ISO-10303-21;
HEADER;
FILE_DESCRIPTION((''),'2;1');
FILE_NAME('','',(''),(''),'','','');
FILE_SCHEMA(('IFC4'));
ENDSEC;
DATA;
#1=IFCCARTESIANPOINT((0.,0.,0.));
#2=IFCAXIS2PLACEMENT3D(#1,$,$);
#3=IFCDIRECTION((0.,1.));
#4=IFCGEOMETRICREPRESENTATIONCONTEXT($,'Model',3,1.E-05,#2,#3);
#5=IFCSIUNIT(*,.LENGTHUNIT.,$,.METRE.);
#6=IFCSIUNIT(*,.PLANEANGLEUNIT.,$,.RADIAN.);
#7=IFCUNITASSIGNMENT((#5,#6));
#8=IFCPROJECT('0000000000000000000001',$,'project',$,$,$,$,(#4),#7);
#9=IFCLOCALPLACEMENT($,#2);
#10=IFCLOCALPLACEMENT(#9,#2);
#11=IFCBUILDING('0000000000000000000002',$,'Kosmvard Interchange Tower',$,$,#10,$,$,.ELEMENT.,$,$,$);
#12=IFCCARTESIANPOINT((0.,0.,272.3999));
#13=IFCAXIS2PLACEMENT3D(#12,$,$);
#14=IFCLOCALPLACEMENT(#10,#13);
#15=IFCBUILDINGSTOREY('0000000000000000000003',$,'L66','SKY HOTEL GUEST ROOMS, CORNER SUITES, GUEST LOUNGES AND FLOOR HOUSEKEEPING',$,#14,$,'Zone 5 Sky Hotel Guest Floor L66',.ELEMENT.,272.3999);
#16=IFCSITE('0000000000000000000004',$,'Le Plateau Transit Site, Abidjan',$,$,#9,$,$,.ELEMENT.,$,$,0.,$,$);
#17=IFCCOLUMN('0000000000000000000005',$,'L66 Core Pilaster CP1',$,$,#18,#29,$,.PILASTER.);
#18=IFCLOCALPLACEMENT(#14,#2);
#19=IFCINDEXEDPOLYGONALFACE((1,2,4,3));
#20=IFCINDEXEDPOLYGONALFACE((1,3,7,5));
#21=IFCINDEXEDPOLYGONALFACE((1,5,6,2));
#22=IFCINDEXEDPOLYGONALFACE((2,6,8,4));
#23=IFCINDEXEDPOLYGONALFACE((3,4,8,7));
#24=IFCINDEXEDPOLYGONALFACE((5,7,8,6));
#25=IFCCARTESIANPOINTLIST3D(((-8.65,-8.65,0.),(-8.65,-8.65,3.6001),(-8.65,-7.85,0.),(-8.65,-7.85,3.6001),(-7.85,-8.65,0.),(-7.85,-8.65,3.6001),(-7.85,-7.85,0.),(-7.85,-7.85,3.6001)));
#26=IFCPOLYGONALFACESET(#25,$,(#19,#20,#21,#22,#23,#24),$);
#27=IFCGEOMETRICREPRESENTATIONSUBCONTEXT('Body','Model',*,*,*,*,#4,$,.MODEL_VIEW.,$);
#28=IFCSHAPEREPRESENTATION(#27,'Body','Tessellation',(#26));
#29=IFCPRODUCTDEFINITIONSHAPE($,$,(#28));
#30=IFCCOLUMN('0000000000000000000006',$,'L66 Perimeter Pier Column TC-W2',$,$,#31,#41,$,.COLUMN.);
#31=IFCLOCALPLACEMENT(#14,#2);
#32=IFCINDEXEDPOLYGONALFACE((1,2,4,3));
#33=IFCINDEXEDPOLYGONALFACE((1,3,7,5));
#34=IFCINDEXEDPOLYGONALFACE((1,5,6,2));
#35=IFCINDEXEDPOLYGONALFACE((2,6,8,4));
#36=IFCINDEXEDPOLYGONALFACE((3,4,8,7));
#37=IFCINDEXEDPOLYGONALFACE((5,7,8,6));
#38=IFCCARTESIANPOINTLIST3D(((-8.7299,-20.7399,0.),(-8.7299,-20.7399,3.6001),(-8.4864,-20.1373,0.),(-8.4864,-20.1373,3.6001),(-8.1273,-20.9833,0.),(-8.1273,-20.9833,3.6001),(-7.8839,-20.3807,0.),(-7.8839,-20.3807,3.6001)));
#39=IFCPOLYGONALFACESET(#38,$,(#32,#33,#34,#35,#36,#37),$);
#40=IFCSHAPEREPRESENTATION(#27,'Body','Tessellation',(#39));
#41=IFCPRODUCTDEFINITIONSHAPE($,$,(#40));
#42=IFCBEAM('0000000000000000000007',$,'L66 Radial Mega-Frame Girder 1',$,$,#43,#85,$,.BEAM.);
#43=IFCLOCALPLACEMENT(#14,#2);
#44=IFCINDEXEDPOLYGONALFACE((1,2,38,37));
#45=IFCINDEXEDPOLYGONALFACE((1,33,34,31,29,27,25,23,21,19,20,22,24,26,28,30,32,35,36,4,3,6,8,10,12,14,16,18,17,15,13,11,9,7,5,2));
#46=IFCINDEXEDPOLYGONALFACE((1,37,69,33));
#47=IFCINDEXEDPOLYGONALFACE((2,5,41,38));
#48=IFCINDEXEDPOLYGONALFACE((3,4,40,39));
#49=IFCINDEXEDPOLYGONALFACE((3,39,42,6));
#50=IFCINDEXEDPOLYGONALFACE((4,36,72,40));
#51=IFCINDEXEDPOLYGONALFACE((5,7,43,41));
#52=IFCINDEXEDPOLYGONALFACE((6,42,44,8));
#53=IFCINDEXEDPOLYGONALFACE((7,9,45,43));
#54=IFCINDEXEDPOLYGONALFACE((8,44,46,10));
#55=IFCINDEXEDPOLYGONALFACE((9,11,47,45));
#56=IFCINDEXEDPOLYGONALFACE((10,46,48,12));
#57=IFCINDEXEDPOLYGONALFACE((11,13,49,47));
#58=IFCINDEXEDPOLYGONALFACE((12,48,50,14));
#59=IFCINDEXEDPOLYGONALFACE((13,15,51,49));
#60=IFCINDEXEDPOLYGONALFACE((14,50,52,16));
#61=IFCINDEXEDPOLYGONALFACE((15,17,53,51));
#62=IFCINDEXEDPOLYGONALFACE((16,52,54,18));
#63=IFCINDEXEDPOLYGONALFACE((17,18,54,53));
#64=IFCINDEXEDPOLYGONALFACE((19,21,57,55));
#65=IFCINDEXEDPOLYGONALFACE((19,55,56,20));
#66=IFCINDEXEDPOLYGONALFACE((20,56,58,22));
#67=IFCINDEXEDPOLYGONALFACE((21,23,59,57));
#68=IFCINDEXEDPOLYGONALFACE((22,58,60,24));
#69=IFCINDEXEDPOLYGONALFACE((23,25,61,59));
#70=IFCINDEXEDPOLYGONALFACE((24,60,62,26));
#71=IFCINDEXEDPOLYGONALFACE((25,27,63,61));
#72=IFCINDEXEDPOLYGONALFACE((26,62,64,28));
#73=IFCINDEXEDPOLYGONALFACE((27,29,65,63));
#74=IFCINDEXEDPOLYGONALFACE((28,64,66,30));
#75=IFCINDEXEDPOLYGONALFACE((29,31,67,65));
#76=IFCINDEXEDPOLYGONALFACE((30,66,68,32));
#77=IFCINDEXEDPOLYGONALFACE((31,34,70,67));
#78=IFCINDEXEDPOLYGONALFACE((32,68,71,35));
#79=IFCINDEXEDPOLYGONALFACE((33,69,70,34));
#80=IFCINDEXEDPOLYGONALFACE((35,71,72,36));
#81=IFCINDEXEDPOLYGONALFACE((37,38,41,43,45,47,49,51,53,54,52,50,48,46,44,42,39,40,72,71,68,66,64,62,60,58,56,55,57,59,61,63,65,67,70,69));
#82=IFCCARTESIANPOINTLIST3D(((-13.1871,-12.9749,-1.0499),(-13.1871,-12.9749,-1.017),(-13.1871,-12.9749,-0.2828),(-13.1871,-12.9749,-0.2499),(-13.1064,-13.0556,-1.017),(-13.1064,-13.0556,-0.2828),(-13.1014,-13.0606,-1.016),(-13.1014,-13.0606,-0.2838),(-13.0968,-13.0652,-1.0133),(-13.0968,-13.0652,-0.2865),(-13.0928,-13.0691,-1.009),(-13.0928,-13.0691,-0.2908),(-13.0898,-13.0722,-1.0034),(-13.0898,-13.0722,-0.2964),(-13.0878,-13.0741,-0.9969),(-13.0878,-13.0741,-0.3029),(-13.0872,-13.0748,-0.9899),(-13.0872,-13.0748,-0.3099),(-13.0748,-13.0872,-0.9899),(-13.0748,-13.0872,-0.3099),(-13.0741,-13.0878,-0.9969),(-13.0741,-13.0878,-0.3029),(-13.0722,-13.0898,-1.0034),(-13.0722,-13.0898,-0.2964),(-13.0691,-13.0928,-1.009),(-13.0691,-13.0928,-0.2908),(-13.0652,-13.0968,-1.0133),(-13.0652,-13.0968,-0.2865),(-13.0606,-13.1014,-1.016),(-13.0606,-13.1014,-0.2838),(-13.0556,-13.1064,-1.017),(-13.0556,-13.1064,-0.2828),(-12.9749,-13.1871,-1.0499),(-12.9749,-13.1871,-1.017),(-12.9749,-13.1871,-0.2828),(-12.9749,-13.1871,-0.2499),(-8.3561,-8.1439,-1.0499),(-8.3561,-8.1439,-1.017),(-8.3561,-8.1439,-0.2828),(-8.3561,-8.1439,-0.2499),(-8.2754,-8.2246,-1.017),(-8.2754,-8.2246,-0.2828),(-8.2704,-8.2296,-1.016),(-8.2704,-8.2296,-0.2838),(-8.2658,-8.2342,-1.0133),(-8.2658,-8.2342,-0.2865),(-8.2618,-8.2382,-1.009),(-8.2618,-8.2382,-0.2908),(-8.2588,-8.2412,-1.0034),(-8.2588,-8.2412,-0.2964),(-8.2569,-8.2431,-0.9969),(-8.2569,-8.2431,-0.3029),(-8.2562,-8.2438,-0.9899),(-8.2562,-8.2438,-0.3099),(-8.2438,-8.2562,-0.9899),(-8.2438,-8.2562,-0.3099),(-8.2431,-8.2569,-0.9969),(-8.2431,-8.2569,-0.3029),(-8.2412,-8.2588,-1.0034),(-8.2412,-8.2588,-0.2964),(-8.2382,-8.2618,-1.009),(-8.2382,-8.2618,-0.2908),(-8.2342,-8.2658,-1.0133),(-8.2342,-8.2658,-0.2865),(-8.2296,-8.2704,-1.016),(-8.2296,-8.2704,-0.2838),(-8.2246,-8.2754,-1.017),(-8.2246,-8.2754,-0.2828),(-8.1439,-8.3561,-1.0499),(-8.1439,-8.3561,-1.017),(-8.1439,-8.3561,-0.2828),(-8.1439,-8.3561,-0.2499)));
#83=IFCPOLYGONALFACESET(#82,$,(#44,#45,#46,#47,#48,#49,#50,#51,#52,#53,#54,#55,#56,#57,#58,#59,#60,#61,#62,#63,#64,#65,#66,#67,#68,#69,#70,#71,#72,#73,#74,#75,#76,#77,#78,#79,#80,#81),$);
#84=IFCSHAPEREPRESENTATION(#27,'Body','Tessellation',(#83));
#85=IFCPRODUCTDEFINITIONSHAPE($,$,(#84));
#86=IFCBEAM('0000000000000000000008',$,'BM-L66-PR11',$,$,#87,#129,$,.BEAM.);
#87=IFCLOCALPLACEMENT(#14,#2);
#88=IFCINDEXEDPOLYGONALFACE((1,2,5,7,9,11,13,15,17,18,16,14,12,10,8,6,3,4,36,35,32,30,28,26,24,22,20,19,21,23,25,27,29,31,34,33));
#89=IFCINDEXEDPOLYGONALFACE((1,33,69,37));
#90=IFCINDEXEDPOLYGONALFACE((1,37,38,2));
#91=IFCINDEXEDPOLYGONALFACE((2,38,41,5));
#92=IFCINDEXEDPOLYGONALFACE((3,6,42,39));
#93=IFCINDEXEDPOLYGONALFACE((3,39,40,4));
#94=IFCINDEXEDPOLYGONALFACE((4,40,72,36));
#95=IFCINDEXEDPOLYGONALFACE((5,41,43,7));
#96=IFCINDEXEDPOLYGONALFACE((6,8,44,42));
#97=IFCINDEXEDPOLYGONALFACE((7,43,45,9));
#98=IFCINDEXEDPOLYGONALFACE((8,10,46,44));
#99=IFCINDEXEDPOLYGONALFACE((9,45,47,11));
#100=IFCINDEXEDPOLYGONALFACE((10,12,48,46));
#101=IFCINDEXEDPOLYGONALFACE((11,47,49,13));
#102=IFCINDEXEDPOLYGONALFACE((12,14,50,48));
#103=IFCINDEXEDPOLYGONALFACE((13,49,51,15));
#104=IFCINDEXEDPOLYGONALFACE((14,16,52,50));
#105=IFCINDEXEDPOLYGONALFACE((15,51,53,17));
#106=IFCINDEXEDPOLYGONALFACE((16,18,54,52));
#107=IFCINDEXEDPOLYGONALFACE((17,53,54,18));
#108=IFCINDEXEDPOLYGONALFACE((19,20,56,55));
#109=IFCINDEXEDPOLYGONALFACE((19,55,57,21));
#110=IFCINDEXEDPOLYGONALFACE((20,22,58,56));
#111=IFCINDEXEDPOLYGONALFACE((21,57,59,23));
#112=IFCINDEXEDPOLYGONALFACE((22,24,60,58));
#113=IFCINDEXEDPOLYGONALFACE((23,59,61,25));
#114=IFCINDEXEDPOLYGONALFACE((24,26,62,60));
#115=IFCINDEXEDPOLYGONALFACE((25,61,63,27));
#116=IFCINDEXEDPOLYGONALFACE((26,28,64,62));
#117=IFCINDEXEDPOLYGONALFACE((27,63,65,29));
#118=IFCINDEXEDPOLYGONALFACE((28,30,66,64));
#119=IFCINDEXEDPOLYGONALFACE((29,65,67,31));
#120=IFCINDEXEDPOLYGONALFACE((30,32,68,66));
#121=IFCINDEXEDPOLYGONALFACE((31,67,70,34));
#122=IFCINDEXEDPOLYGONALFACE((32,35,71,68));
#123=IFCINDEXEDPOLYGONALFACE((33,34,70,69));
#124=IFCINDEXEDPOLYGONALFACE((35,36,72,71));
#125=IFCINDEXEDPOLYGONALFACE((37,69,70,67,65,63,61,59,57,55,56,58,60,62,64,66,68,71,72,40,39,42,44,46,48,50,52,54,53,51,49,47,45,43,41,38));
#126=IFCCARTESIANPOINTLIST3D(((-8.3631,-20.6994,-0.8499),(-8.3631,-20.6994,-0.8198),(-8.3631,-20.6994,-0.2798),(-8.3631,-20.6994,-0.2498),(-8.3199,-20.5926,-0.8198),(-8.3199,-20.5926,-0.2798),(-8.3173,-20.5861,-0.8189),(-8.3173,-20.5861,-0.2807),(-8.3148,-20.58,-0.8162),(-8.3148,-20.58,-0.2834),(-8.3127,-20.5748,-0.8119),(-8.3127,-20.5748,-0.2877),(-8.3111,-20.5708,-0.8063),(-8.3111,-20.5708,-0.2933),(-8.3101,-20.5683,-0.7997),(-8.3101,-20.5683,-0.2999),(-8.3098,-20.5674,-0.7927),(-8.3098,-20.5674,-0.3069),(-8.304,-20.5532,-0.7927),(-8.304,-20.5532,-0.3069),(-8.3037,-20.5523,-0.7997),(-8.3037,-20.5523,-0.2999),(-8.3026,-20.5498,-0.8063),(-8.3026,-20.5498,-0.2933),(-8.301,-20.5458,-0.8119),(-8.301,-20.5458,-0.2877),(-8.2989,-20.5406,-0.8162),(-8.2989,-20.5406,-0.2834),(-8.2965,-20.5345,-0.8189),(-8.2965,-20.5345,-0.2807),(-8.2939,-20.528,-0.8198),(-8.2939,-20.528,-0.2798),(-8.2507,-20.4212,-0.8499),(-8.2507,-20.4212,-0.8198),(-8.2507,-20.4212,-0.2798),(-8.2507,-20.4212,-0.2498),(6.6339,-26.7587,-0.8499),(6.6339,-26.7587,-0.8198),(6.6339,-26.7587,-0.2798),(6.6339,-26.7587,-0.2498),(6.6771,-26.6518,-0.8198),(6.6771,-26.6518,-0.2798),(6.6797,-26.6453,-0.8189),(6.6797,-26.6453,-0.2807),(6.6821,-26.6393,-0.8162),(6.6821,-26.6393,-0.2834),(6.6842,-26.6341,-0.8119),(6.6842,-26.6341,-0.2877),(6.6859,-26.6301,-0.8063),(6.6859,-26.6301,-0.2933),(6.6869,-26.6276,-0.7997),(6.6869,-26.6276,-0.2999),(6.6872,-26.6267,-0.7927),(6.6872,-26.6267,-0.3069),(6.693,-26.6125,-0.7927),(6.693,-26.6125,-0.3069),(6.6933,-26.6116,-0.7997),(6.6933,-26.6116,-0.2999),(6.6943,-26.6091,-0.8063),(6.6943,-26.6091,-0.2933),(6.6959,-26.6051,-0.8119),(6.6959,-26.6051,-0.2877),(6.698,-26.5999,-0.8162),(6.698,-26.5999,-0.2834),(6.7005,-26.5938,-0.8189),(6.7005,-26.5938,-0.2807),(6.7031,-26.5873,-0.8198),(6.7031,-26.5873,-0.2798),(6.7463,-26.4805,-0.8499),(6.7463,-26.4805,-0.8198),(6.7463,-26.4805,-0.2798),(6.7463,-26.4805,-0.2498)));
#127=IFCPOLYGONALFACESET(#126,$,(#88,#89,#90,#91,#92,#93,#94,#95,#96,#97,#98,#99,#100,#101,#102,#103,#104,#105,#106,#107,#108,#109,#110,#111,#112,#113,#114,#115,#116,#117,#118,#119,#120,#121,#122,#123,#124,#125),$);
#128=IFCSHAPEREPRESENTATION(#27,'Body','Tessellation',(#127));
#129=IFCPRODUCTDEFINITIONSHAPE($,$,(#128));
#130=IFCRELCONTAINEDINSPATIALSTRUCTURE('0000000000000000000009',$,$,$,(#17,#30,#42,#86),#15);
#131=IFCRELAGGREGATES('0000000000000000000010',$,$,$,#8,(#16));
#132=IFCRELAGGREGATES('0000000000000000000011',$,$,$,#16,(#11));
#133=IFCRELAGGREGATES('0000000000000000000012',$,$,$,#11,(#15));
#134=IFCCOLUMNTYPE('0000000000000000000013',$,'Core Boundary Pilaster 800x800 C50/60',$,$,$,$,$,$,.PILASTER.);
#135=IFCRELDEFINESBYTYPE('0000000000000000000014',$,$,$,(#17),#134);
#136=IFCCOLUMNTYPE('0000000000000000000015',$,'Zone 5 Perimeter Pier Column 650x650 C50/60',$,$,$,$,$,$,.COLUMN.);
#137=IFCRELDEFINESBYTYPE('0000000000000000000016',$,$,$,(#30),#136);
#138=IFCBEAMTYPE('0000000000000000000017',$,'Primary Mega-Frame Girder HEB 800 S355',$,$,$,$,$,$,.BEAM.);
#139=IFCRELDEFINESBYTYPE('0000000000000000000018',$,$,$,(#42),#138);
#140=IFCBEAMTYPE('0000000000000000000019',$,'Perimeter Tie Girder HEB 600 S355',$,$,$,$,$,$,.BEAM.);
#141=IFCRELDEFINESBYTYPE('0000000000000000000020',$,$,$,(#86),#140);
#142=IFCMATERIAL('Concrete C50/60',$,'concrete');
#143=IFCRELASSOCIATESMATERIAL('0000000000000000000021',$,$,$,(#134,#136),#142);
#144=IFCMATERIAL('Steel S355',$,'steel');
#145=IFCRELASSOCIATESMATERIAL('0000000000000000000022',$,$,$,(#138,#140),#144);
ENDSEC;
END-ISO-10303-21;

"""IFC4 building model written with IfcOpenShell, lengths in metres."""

from ifc_helpers import new_model, si_unit, direction, frame, origin, origin_2d, place, context, subcontext, project, spatial, rectangle, i_section, extrude, source, transform, mapped, material, material_profile, profile_set, type_object, element, save


model = new_model("IFC4")

# Units and contexts
model_context = context("Model", 3, precision=1e-05, world=origin(), true_north=direction((0.0, 1.0)))
body_context = subcontext(model_context, "Body", "Model", "MODEL_VIEW")
ifc_project = project(units=[si_unit("LENGTHUNIT", "METRE"), si_unit("PLANEANGLEUNIT", "RADIAN")], contexts=[model_context])

# Site, building, storey
site_placement = place(None, origin())
site = spatial("IfcSite", under=ifc_project, at=site_placement, Name="Le Plateau Transit Site, Abidjan", CompositionType="ELEMENT", RefElevation=0.0)
building_placement = place(site_placement, origin())
building = spatial("IfcBuilding", under=site, at=building_placement, Name="Kosmvard Interchange Tower", CompositionType="ELEMENT")
storey_placement = place(building_placement, frame((0.0, 0.0, 272.3999)))
storey = spatial("IfcBuildingStorey", under=building, at=storey_placement, Name="L66", Description="SKY HOTEL GUEST ROOMS, CORNER SUITES, GUEST LOUNGES AND FLOOR HOUSEKEEPING", LongName="Zone 5 Sky Hotel Guest Floor L66", CompositionType="ELEMENT", Elevation=272.3999)

# Columns
ifc_material_1 = material(Name="Concrete C50/60", Category="concrete")
ifc_material_profile_1 = material_profile(ifc_material_1, rectangle(XDim=0.8, YDim=0.8, at=origin_2d()), Name="CP 800x800")
ifc_profile_set_1 = profile_set([ifc_material_profile_1], Name="Concrete C50/60")
column_type_1 = type_object("IfcColumnType", Name="Core Boundary Pilaster 800x800 C50/60", PredefinedType="PILASTER", material=ifc_profile_set_1)
shared_shape_1 = source(origin(), body_context, "Body", "SweptSolid", [
    extrude(rectangle(XDim=0.8, YDim=0.8, at=origin_2d()), origin(), (0.0, 0.0, 1.0), 3.6001),
])
column_1_placement = place(storey_placement, frame((-8.25, -8.25, 0.0), z_axis=(0.0, 0.0, 1.0), x_axis=(1.0, 0.0, 0.0)))
element("IfcColumn", 1, at=column_1_placement, inside=storey, type_object=column_type_1, Name="L66 Core Pilaster CP1", PredefinedType="PILASTER", context=body_context, shape_type="MappedRepresentation", body=[
    mapped(shared_shape_1, transform((0.0, 0.0, 0.0), scale=1.0)),
])
ifc_material_profile_2 = material_profile(ifc_material_1, rectangle(XDim=0.6499, YDim=0.6499, at=origin_2d()), Name="TC 650x650")
ifc_profile_set_2 = profile_set([ifc_material_profile_2], Name="Concrete C50/60")
column_type_2 = type_object("IfcColumnType", Name="Zone 5 Perimeter Pier Column 650x650 C50/60", PredefinedType="COLUMN", material=ifc_profile_set_2)
shared_shape_2 = source(origin(), body_context, "Body", "SweptSolid", [
    extrude(rectangle(XDim=0.6499, YDim=0.6499, at=origin_2d()), origin(), (0.0, 0.0, 1.0), 3.6001),
])
column_2_placement = place(storey_placement, frame((-8.3069, -20.5603, 0.0), z_axis=(0.0, 0.0, 1.0), x_axis=(0.374607, 0.927184, 0.0)))
element("IfcColumn", 2, at=column_2_placement, inside=storey, type_object=column_type_2, Name="L66 Perimeter Pier Column TC-W2", PredefinedType="COLUMN", context=body_context, shape_type="MappedRepresentation", body=[
    mapped(shared_shape_2, transform((0.0, 0.0, 0.0), scale=1.0)),
])

# Beams
ifc_material_2 = material(Name="Steel S355", Category="steel")
ifc_material_profile_3 = material_profile(ifc_material_2, i_section(OverallWidth=0.3, OverallDepth=0.8, WebThickness=0.0176, FlangeThickness=0.033, FilletRadius=0.0271, at=origin_2d()), Name="HEB 800")
ifc_profile_set_3 = profile_set([ifc_material_profile_3], Name="Steel S355")
beam_type_1 = type_object("IfcBeamType", Name="Primary Mega-Frame Girder HEB 800 S355", PredefinedType="BEAM", material=ifc_profile_set_3)
shared_shape_3 = source(origin(), body_context, "Body", "SweptSolid", [
    extrude(i_section(OverallWidth=0.3, OverallDepth=0.8, WebThickness=0.0176, FlangeThickness=0.033, FilletRadius=0.0271, at=origin_2d()), origin(), (0.0, 0.0, 1.0), 6.832),
])
beam_1_placement = place(storey_placement, frame((-8.25, -8.25, -0.6499), z_axis=(-0.707107, -0.707107, 0.0), x_axis=(0.707107, -0.707107, 0.0)))
element("IfcBeam", 3, at=beam_1_placement, inside=storey, type_object=beam_type_1, Name="L66 Radial Mega-Frame Girder 1", PredefinedType="BEAM", context=body_context, shape_type="MappedRepresentation", body=[
    mapped(shared_shape_3, transform((0.0, 0.0, 0.0), scale=1.0)),
])
ifc_material_profile_4 = material_profile(ifc_material_2, i_section(OverallWidth=0.3, OverallDepth=0.6001, WebThickness=0.0154, FlangeThickness=0.03, FilletRadius=0.0271, at=origin_2d()), Name="HEB 600")
ifc_profile_set_4 = profile_set([ifc_material_profile_4], Name="Steel S355")
beam_type_2 = type_object("IfcBeamType", Name="Perimeter Tie Girder HEB 600 S355", PredefinedType="BEAM", material=ifc_profile_set_4)
shared_shape_4 = source(origin(), body_context, "Body", "SweptSolid", [
    extrude(i_section(OverallWidth=0.3, OverallDepth=0.6001, WebThickness=0.0154, FlangeThickness=0.03, FilletRadius=0.0271, at=origin_2d()), origin(), (0.0, 0.0, 1.0), 16.1748),
])
beam_2_placement = place(storey_placement, frame((-8.3069, -20.5603, -0.5498), z_axis=(0.927181, -0.374613, 0.0), x_axis=(0.374613, 0.927181, 0.0)))
element("IfcBeam", 4, at=beam_2_placement, inside=storey, type_object=beam_type_2, Name="BM-L66-PR11", PredefinedType="BEAM", context=body_context, shape_type="MappedRepresentation", body=[
    mapped(shared_shape_4, transform((0.0, 0.0, 0.0), scale=1.0)),
])

save(model, "model.ifc")
